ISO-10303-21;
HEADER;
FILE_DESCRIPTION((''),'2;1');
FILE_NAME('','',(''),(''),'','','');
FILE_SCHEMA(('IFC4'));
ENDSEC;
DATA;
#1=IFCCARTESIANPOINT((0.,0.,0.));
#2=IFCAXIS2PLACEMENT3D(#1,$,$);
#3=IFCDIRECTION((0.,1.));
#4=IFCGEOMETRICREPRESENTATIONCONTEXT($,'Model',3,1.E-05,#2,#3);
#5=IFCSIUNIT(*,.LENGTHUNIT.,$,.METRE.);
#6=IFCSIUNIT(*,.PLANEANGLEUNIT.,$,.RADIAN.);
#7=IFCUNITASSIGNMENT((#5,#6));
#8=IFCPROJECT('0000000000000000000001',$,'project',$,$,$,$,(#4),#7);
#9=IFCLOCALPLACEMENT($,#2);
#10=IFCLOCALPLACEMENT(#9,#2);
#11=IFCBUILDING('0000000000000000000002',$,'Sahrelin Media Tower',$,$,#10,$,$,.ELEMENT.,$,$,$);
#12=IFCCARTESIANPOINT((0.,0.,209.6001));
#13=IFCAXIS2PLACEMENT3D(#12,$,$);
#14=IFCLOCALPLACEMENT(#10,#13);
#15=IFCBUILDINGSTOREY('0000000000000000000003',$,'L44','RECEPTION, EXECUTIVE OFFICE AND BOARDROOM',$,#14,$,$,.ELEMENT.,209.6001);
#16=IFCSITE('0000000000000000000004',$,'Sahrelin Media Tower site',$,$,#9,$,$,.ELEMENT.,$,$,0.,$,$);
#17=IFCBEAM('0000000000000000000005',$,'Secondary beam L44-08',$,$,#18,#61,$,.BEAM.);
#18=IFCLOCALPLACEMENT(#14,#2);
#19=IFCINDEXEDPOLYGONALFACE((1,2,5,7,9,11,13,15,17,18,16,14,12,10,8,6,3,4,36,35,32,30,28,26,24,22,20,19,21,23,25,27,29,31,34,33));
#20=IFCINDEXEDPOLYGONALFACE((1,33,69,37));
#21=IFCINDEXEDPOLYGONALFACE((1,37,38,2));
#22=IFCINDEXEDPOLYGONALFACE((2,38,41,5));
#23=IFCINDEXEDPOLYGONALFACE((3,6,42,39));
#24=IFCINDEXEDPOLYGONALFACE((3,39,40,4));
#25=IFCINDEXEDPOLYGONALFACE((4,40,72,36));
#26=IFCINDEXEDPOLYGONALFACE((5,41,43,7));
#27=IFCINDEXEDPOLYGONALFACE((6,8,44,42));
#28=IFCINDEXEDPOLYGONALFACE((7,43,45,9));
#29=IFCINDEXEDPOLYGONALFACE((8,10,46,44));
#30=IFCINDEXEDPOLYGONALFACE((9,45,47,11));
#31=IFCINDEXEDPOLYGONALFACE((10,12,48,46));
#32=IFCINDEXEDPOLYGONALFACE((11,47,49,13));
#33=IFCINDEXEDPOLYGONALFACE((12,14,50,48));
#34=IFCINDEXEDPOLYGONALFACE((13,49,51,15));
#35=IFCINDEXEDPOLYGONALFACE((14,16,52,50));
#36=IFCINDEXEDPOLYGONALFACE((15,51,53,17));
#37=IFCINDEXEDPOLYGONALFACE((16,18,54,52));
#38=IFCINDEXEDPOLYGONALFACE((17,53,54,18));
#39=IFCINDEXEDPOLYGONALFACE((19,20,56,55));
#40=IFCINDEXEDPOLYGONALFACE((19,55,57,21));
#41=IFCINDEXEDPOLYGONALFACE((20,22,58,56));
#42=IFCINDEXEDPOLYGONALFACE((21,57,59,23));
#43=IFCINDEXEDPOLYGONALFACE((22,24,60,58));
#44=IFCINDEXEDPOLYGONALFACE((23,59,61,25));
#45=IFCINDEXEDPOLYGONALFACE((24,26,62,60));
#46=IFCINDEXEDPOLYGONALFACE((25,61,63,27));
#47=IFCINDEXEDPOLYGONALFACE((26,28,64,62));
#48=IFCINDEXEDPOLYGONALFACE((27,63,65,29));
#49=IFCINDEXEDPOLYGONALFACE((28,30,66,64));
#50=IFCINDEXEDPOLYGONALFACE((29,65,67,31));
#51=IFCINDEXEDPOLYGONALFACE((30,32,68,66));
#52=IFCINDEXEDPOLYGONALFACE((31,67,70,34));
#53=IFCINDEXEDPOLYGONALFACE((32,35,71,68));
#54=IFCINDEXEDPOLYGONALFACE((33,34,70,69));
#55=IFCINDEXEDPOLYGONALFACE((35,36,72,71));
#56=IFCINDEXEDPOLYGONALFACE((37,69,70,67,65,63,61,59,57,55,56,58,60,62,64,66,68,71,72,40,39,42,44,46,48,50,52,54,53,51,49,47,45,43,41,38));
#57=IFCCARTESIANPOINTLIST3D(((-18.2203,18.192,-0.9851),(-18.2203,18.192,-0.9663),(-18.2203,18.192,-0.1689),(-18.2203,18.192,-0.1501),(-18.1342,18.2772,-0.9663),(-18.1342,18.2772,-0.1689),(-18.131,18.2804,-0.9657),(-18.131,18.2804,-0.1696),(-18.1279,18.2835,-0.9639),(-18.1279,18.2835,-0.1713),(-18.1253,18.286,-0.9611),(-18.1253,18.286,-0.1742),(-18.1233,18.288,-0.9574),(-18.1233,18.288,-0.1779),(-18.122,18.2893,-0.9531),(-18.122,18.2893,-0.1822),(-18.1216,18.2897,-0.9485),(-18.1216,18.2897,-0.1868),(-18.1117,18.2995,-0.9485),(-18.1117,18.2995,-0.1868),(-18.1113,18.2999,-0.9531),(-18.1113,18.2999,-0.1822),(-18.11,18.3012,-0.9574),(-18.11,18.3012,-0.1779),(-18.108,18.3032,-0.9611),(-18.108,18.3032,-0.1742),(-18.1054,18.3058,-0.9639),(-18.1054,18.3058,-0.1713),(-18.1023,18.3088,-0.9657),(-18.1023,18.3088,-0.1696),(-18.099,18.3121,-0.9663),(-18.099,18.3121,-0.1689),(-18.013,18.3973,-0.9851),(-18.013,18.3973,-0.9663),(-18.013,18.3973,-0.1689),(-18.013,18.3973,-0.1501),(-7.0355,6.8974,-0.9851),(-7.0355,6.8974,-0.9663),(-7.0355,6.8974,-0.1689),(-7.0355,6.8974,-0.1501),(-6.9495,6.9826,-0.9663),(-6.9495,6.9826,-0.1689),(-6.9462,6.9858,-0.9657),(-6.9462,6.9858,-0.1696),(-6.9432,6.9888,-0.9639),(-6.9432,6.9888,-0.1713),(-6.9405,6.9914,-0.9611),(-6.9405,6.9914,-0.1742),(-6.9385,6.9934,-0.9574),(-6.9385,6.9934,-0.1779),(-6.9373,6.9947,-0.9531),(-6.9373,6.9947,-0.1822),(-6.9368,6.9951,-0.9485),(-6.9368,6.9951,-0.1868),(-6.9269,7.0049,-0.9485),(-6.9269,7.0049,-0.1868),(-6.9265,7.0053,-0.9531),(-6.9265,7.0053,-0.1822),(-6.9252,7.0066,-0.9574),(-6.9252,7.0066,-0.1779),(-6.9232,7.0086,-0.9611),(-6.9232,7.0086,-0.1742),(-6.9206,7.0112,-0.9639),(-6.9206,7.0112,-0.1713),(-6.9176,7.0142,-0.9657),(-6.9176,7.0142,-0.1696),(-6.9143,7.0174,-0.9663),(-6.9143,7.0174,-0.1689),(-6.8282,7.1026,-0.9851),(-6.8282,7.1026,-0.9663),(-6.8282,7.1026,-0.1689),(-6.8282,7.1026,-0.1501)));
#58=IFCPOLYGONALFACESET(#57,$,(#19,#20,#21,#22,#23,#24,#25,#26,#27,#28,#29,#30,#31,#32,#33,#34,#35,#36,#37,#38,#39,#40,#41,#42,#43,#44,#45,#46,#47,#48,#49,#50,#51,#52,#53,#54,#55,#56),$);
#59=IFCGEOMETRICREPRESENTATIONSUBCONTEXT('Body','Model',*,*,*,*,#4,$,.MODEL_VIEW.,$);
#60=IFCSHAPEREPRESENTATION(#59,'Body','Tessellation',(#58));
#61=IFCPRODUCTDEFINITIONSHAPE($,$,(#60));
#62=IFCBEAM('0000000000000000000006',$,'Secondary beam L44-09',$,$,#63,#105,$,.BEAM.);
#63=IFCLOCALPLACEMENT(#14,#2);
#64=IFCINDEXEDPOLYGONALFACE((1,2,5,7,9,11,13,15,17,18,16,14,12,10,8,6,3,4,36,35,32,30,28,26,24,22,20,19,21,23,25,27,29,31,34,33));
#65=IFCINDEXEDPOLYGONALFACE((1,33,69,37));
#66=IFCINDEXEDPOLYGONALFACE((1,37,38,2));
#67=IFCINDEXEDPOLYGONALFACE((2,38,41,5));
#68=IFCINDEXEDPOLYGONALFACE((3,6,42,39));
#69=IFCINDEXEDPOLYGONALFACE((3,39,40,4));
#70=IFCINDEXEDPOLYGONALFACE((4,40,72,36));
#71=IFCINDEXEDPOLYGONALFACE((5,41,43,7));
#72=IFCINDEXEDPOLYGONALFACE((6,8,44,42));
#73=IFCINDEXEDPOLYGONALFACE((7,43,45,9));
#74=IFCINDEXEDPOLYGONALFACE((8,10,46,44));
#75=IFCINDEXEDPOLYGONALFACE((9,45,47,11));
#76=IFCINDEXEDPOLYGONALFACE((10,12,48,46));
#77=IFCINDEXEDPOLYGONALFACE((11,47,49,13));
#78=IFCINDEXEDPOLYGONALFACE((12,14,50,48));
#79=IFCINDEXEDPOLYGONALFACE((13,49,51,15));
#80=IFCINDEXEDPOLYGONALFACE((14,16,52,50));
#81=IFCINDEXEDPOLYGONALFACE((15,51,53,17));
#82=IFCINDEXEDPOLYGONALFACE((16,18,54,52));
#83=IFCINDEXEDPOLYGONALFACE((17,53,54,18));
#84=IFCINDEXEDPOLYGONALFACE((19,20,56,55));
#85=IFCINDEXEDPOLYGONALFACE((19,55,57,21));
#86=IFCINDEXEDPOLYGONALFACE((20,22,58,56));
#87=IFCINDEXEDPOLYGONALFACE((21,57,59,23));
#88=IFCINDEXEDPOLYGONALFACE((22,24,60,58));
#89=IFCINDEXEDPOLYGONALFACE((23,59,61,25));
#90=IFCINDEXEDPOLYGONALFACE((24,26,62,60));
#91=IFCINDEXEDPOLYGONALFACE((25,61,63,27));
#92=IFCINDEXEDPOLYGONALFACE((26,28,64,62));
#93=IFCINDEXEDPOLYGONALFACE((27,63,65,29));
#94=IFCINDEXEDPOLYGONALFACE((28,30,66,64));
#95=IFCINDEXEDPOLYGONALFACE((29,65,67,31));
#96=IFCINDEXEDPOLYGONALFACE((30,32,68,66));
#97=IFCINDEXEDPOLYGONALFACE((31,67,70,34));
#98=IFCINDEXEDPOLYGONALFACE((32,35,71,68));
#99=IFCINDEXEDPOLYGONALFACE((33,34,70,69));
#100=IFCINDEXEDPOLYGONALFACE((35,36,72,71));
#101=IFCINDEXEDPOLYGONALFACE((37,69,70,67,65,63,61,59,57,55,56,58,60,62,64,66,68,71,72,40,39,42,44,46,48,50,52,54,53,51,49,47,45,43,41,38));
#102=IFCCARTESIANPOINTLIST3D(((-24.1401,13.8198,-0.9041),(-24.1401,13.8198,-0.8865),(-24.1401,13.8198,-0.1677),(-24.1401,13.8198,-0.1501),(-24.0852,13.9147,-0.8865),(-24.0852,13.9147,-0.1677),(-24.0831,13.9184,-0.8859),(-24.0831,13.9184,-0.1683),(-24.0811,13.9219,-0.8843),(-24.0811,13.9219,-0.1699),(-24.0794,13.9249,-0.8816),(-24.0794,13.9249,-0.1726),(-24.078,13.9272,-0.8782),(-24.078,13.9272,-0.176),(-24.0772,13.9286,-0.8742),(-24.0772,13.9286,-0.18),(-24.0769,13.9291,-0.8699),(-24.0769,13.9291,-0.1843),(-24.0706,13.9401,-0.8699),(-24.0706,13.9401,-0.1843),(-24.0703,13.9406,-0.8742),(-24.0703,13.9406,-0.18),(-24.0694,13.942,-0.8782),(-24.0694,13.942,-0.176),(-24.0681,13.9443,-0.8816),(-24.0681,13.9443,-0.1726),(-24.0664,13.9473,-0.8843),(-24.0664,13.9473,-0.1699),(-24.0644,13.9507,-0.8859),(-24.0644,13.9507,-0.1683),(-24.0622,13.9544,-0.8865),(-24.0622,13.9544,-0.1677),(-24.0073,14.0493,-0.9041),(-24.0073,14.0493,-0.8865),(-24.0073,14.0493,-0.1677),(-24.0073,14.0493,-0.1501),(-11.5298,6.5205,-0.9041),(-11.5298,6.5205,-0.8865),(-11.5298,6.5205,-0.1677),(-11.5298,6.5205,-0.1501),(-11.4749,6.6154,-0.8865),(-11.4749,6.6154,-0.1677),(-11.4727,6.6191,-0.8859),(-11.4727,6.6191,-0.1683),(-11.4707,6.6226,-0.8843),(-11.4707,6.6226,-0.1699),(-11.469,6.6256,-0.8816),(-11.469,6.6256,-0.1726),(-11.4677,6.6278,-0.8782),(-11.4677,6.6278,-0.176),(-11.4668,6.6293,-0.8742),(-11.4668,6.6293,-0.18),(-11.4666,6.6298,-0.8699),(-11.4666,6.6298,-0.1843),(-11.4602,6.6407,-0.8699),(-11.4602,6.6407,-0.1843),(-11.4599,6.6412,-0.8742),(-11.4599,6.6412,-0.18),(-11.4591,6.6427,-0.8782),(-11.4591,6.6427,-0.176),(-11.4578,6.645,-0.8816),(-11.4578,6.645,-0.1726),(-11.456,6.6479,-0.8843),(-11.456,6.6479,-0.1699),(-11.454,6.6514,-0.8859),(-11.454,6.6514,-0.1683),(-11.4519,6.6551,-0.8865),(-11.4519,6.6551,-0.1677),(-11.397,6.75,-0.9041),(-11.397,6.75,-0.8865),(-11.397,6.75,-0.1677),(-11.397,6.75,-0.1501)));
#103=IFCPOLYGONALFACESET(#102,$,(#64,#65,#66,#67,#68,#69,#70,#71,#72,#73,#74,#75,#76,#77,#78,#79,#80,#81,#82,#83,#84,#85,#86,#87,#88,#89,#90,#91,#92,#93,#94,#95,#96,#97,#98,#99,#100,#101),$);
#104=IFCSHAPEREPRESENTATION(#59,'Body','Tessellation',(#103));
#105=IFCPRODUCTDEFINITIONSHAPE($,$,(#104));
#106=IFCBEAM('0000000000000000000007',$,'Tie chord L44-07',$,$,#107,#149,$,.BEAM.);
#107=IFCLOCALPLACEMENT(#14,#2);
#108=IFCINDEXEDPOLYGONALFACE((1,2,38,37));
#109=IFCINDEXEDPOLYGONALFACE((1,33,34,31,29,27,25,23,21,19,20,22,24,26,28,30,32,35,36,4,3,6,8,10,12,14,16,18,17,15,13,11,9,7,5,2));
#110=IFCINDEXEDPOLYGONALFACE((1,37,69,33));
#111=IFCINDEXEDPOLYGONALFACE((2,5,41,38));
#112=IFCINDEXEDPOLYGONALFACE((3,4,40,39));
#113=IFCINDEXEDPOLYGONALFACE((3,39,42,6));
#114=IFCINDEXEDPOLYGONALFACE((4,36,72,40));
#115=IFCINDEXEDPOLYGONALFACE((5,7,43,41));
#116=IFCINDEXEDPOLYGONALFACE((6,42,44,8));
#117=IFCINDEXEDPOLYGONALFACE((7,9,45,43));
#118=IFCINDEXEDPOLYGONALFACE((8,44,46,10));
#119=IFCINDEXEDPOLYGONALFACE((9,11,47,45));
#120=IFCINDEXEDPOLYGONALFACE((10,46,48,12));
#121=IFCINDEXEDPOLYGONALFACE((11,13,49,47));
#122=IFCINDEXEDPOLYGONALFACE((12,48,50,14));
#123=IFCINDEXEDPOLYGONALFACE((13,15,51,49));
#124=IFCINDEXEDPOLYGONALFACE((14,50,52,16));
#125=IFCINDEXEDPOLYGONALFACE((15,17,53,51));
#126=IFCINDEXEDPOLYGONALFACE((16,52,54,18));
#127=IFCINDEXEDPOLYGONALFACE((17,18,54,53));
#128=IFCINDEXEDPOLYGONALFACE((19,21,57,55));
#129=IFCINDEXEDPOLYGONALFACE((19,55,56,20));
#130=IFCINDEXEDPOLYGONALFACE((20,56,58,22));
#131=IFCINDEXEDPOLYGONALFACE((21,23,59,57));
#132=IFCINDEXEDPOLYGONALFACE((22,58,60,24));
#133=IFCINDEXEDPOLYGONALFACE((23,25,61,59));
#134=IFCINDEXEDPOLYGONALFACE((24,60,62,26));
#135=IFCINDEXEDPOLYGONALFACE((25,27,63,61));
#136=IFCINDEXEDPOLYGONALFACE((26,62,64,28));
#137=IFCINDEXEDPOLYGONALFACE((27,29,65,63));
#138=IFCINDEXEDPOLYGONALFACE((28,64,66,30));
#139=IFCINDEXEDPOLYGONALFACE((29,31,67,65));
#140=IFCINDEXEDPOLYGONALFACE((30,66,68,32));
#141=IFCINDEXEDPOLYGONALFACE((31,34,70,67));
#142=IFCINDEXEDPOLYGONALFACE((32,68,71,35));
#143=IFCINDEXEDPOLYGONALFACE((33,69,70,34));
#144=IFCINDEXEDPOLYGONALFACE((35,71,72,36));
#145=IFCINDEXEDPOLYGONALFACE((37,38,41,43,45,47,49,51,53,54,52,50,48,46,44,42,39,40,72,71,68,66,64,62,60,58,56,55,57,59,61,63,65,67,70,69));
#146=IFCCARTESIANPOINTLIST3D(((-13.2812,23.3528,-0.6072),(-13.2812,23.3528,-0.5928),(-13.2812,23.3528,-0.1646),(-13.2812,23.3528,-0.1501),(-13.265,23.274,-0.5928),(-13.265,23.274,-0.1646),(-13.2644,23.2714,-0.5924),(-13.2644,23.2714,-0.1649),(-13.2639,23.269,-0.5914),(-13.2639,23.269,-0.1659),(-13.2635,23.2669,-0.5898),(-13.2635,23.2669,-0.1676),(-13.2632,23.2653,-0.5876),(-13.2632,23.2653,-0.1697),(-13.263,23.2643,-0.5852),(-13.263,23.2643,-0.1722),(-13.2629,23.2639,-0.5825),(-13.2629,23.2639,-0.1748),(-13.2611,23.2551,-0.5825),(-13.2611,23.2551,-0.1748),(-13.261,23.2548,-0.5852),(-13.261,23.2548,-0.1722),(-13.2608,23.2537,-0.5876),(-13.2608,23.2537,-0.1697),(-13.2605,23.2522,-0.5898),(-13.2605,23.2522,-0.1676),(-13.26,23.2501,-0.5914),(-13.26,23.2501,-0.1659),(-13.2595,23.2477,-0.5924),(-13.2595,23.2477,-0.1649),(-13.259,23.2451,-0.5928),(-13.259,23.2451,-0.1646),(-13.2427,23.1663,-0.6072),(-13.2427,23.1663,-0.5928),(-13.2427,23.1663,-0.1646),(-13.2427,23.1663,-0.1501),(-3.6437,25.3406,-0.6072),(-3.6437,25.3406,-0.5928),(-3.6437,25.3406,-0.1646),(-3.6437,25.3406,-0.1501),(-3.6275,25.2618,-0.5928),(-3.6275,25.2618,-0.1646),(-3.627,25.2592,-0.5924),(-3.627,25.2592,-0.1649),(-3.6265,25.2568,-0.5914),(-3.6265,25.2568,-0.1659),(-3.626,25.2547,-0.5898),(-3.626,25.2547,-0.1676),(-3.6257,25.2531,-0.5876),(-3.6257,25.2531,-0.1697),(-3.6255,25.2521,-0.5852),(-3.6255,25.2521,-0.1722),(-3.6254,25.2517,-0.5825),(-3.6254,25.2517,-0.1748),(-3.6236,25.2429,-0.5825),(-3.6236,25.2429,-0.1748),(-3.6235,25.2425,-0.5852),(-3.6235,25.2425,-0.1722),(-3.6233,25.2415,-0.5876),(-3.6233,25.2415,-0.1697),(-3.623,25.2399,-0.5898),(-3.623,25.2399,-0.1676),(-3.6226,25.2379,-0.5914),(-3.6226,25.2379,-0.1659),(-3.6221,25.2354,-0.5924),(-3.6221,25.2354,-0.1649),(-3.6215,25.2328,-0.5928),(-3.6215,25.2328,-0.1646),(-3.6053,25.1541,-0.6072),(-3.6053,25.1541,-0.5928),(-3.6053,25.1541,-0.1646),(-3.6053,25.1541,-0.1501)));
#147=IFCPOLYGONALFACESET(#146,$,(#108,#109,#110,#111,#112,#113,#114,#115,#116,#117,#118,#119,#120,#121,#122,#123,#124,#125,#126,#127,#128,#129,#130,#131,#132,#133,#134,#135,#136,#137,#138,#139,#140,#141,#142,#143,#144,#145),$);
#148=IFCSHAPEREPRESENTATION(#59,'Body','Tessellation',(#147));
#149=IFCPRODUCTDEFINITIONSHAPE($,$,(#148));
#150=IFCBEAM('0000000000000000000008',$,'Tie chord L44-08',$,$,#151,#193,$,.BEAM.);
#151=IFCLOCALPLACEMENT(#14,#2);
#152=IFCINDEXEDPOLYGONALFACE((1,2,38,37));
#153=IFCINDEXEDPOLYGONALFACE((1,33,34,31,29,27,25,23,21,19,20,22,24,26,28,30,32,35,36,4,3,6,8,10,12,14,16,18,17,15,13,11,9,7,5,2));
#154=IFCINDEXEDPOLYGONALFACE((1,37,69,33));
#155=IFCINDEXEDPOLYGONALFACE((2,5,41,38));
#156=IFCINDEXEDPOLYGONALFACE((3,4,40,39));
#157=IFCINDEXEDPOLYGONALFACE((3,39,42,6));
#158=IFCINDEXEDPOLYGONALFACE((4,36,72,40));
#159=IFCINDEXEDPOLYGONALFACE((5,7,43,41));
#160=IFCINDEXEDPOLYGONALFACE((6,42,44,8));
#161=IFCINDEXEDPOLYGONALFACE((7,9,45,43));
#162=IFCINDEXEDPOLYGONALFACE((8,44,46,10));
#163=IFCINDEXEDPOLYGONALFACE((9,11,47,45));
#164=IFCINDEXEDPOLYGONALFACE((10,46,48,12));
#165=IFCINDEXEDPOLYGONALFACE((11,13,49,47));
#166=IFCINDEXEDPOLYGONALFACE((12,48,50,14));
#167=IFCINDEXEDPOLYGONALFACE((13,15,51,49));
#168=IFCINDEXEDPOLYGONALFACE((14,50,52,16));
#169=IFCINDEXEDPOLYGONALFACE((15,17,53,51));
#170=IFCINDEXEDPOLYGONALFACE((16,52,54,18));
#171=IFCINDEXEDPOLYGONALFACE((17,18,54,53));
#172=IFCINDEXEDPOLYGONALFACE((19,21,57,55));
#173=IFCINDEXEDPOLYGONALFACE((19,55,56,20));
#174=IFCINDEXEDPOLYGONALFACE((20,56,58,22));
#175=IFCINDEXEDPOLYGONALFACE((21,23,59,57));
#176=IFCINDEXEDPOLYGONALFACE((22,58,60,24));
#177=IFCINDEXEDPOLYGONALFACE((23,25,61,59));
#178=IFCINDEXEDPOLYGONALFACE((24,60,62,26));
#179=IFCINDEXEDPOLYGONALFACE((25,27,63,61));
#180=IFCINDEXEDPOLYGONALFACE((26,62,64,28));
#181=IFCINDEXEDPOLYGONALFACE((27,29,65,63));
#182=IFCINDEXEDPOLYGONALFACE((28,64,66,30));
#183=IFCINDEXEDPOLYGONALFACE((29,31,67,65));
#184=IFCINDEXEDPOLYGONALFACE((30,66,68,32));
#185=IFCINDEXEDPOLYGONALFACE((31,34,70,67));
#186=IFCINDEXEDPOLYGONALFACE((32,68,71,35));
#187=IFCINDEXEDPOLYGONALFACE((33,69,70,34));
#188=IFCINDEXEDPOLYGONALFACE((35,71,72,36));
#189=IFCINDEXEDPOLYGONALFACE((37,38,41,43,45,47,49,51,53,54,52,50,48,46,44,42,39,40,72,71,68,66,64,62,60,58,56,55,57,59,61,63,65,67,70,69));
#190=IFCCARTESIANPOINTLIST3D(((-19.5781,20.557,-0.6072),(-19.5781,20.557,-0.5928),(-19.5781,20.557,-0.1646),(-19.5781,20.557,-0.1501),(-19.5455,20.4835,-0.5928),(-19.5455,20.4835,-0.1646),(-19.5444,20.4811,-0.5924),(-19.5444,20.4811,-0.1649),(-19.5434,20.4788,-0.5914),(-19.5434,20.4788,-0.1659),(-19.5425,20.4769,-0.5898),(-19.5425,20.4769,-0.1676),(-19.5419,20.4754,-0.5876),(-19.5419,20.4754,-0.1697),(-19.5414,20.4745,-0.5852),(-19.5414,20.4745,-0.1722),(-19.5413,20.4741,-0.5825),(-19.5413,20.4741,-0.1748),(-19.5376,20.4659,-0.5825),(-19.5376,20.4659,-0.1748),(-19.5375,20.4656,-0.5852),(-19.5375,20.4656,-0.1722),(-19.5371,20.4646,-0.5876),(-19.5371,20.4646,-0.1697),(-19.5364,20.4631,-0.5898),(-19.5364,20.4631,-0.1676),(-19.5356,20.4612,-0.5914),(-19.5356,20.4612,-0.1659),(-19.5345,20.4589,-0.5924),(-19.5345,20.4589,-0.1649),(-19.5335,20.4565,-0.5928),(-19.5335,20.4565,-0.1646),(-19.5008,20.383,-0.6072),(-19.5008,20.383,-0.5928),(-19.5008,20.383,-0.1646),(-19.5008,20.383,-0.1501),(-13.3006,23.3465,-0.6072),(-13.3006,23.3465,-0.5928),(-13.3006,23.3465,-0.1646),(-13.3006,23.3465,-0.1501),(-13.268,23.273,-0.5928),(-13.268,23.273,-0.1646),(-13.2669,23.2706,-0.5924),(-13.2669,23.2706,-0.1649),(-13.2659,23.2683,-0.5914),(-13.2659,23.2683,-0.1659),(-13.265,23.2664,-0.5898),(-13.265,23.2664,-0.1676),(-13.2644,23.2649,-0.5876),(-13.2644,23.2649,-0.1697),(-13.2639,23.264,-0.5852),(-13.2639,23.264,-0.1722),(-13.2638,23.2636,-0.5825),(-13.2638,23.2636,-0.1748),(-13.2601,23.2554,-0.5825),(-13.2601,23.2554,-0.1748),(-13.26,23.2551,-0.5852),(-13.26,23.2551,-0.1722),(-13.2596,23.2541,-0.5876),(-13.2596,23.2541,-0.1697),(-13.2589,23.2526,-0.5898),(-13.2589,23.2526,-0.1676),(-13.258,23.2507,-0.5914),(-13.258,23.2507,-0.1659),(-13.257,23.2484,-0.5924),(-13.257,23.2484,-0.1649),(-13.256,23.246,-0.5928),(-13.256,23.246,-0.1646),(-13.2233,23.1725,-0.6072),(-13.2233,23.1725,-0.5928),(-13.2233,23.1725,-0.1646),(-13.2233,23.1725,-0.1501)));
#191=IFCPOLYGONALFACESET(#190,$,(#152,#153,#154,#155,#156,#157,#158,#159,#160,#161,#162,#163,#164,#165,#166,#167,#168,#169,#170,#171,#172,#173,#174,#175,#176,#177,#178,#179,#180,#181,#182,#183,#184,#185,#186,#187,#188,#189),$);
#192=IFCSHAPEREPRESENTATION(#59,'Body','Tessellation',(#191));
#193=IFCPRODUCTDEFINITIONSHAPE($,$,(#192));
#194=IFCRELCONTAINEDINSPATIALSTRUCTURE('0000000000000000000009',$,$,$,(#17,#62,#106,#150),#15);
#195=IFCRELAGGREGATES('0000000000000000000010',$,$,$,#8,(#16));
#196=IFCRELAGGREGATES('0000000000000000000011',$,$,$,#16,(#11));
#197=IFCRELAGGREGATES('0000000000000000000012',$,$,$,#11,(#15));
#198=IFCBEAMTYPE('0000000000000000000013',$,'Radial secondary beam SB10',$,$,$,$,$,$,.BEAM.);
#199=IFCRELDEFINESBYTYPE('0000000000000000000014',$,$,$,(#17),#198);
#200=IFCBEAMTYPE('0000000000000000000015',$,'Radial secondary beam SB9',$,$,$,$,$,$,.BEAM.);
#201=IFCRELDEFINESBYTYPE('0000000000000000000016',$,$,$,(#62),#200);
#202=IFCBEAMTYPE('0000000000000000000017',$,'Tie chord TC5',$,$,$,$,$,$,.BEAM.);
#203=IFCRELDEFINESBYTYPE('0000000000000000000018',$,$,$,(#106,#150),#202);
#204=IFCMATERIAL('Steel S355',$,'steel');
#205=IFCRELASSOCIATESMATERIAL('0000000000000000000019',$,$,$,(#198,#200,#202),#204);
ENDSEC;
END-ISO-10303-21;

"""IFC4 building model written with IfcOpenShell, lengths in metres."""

from ifc_helpers import new_model, si_unit, direction, frame, origin, origin_2d, place, context, subcontext, project, spatial, i_section, extrude, material, material_profile, profile_set, type_object, element, save


model = new_model("IFC4")

# Units and contexts
model_context = context("Model", 3, precision=1e-05, world=origin(), true_north=direction((0.0, 1.0)))
body_context = subcontext(model_context, "Body", "Model", "MODEL_VIEW")
ifc_project = project(units=[si_unit("LENGTHUNIT", "METRE"), si_unit("PLANEANGLEUNIT", "RADIAN")], contexts=[model_context])

# Site, building, storey
site_placement = place(None, origin())
site = spatial("IfcSite", under=ifc_project, at=site_placement, Name="Sahrelin Media Tower site", CompositionType="ELEMENT", RefElevation=0.0)
building_placement = place(site_placement, origin())
building = spatial("IfcBuilding", under=site, at=building_placement, Name="Sahrelin Media Tower", CompositionType="ELEMENT")
storey_placement = place(building_placement, frame((0.0, 0.0, 209.6001)))
storey = spatial("IfcBuildingStorey", under=building, at=storey_placement, Name="L44", Description="RECEPTION, EXECUTIVE OFFICE AND BOARDROOM", CompositionType="ELEMENT", Elevation=209.6001)

# Shared definitions
ifc_material_1 = material(Name="Steel S355", Category="steel")

# Beams
ifc_material_profile_1 = material_profile(ifc_material_1, i_section(OverallWidth=0.2917, OverallDepth=0.835, WebThickness=0.0139, FlangeThickness=0.0188, FilletRadius=0.0178, at=origin_2d()), Name="UB 838x292x176")
ifc_profile_set_1 = profile_set([ifc_material_profile_1], Name="Steel S355")
beam_type_1 = type_object("IfcBeamType", Name="Radial secondary beam SB10", PredefinedType="BEAM", material=ifc_profile_set_1)
beam_1_placement = place(storey_placement, frame((-6.9319, 7.0, -0.5676), z_axis=(-0.703643, 0.710554, 0.0), x_axis=(-0.710554, -0.703643, 0.0)))
element("IfcBeam", 1, at=beam_1_placement, inside=storey, type_object=beam_type_1, Name="Secondary beam L44-08", PredefinedType="BEAM", context=body_context, shape_type="SweptSolid", body=[
    extrude(i_section(OverallWidth=0.2917, OverallDepth=0.835, WebThickness=0.0139, FlangeThickness=0.0188, FilletRadius=0.0178, at=origin_2d()), origin(), (0.0, 0.0, 1.0), 15.8955),
])
ifc_material_profile_2 = material_profile(ifc_material_1, i_section(OverallWidth=0.2651, OverallDepth=0.7539, WebThickness=0.0127, FlangeThickness=0.0176, FilletRadius=0.0166, at=origin_2d()), Name="UB 762x267x147")
ifc_profile_set_2 = profile_set([ifc_material_profile_2], Name="Steel S355")
beam_type_2 = type_object("IfcBeamType", Name="Radial secondary beam SB9", PredefinedType="BEAM", material=ifc_profile_set_2)
beam_2_placement = place(storey_placement, frame((-11.4634, 6.6353, -0.5271), z_axis=(-0.865468, 0.500964, 0.0), x_axis=(-0.500964, -0.865468, 0.0)))
element("IfcBeam", 2, at=beam_2_placement, inside=storey, type_object=beam_type_2, Name="Secondary beam L44-09", PredefinedType="BEAM", context=body_context, shape_type="SweptSolid", body=[
    extrude(i_section(OverallWidth=0.2651, OverallDepth=0.7539, WebThickness=0.0127, FlangeThickness=0.0176, FilletRadius=0.0166, at=origin_2d()), origin(), (0.0, 0.0, 1.0), 14.5706),
])
ifc_material_profile_3 = material_profile(ifc_material_1, i_section(OverallWidth=0.1904, OverallDepth=0.457, WebThickness=0.009, FlangeThickness=0.0144, FilletRadius=0.0103, at=origin_2d()), Name="UB 457x191x74")
ifc_profile_set_3 = profile_set([ifc_material_profile_3], Name="Steel S355")
beam_type_3 = type_object("IfcBeamType", Name="Tie chord TC5", PredefinedType="BEAM", material=ifc_profile_set_3)
beam_3_placement = place(storey_placement, frame((-3.6245, 25.2473, -0.3787), z_axis=(-0.979384, -0.202005, 0.0), x_axis=(0.202005, -0.979384, 0.0)))
element("IfcBeam", 3, at=beam_3_placement, inside=storey, type_object=beam_type_3, Name="Tie chord L44-07", PredefinedType="BEAM", context=body_context, shape_type="SweptSolid", body=[
    extrude(i_section(OverallWidth=0.1904, OverallDepth=0.457, WebThickness=0.009, FlangeThickness=0.0144, FilletRadius=0.0103, at=origin_2d()), origin(), (0.0, 0.0, 1.0), 9.8403),
])
beam_4_placement = place(storey_placement, frame((-13.262, 23.2595, -0.3787), z_axis=(-0.913838, -0.406079, 0.0), x_axis=(0.406079, -0.913838, 0.0)))
element("IfcBeam", 4, at=beam_4_placement, inside=storey, type_object=beam_type_3, Name="Tie chord L44-08", PredefinedType="BEAM", context=body_context, shape_type="SweptSolid", body=[
    extrude(i_section(OverallWidth=0.1904, OverallDepth=0.457, WebThickness=0.009, FlangeThickness=0.0144, FilletRadius=0.0103, at=origin_2d()), origin(), (0.0, 0.0, 1.0), 6.8694),
])

save(model, "model.ifc")
